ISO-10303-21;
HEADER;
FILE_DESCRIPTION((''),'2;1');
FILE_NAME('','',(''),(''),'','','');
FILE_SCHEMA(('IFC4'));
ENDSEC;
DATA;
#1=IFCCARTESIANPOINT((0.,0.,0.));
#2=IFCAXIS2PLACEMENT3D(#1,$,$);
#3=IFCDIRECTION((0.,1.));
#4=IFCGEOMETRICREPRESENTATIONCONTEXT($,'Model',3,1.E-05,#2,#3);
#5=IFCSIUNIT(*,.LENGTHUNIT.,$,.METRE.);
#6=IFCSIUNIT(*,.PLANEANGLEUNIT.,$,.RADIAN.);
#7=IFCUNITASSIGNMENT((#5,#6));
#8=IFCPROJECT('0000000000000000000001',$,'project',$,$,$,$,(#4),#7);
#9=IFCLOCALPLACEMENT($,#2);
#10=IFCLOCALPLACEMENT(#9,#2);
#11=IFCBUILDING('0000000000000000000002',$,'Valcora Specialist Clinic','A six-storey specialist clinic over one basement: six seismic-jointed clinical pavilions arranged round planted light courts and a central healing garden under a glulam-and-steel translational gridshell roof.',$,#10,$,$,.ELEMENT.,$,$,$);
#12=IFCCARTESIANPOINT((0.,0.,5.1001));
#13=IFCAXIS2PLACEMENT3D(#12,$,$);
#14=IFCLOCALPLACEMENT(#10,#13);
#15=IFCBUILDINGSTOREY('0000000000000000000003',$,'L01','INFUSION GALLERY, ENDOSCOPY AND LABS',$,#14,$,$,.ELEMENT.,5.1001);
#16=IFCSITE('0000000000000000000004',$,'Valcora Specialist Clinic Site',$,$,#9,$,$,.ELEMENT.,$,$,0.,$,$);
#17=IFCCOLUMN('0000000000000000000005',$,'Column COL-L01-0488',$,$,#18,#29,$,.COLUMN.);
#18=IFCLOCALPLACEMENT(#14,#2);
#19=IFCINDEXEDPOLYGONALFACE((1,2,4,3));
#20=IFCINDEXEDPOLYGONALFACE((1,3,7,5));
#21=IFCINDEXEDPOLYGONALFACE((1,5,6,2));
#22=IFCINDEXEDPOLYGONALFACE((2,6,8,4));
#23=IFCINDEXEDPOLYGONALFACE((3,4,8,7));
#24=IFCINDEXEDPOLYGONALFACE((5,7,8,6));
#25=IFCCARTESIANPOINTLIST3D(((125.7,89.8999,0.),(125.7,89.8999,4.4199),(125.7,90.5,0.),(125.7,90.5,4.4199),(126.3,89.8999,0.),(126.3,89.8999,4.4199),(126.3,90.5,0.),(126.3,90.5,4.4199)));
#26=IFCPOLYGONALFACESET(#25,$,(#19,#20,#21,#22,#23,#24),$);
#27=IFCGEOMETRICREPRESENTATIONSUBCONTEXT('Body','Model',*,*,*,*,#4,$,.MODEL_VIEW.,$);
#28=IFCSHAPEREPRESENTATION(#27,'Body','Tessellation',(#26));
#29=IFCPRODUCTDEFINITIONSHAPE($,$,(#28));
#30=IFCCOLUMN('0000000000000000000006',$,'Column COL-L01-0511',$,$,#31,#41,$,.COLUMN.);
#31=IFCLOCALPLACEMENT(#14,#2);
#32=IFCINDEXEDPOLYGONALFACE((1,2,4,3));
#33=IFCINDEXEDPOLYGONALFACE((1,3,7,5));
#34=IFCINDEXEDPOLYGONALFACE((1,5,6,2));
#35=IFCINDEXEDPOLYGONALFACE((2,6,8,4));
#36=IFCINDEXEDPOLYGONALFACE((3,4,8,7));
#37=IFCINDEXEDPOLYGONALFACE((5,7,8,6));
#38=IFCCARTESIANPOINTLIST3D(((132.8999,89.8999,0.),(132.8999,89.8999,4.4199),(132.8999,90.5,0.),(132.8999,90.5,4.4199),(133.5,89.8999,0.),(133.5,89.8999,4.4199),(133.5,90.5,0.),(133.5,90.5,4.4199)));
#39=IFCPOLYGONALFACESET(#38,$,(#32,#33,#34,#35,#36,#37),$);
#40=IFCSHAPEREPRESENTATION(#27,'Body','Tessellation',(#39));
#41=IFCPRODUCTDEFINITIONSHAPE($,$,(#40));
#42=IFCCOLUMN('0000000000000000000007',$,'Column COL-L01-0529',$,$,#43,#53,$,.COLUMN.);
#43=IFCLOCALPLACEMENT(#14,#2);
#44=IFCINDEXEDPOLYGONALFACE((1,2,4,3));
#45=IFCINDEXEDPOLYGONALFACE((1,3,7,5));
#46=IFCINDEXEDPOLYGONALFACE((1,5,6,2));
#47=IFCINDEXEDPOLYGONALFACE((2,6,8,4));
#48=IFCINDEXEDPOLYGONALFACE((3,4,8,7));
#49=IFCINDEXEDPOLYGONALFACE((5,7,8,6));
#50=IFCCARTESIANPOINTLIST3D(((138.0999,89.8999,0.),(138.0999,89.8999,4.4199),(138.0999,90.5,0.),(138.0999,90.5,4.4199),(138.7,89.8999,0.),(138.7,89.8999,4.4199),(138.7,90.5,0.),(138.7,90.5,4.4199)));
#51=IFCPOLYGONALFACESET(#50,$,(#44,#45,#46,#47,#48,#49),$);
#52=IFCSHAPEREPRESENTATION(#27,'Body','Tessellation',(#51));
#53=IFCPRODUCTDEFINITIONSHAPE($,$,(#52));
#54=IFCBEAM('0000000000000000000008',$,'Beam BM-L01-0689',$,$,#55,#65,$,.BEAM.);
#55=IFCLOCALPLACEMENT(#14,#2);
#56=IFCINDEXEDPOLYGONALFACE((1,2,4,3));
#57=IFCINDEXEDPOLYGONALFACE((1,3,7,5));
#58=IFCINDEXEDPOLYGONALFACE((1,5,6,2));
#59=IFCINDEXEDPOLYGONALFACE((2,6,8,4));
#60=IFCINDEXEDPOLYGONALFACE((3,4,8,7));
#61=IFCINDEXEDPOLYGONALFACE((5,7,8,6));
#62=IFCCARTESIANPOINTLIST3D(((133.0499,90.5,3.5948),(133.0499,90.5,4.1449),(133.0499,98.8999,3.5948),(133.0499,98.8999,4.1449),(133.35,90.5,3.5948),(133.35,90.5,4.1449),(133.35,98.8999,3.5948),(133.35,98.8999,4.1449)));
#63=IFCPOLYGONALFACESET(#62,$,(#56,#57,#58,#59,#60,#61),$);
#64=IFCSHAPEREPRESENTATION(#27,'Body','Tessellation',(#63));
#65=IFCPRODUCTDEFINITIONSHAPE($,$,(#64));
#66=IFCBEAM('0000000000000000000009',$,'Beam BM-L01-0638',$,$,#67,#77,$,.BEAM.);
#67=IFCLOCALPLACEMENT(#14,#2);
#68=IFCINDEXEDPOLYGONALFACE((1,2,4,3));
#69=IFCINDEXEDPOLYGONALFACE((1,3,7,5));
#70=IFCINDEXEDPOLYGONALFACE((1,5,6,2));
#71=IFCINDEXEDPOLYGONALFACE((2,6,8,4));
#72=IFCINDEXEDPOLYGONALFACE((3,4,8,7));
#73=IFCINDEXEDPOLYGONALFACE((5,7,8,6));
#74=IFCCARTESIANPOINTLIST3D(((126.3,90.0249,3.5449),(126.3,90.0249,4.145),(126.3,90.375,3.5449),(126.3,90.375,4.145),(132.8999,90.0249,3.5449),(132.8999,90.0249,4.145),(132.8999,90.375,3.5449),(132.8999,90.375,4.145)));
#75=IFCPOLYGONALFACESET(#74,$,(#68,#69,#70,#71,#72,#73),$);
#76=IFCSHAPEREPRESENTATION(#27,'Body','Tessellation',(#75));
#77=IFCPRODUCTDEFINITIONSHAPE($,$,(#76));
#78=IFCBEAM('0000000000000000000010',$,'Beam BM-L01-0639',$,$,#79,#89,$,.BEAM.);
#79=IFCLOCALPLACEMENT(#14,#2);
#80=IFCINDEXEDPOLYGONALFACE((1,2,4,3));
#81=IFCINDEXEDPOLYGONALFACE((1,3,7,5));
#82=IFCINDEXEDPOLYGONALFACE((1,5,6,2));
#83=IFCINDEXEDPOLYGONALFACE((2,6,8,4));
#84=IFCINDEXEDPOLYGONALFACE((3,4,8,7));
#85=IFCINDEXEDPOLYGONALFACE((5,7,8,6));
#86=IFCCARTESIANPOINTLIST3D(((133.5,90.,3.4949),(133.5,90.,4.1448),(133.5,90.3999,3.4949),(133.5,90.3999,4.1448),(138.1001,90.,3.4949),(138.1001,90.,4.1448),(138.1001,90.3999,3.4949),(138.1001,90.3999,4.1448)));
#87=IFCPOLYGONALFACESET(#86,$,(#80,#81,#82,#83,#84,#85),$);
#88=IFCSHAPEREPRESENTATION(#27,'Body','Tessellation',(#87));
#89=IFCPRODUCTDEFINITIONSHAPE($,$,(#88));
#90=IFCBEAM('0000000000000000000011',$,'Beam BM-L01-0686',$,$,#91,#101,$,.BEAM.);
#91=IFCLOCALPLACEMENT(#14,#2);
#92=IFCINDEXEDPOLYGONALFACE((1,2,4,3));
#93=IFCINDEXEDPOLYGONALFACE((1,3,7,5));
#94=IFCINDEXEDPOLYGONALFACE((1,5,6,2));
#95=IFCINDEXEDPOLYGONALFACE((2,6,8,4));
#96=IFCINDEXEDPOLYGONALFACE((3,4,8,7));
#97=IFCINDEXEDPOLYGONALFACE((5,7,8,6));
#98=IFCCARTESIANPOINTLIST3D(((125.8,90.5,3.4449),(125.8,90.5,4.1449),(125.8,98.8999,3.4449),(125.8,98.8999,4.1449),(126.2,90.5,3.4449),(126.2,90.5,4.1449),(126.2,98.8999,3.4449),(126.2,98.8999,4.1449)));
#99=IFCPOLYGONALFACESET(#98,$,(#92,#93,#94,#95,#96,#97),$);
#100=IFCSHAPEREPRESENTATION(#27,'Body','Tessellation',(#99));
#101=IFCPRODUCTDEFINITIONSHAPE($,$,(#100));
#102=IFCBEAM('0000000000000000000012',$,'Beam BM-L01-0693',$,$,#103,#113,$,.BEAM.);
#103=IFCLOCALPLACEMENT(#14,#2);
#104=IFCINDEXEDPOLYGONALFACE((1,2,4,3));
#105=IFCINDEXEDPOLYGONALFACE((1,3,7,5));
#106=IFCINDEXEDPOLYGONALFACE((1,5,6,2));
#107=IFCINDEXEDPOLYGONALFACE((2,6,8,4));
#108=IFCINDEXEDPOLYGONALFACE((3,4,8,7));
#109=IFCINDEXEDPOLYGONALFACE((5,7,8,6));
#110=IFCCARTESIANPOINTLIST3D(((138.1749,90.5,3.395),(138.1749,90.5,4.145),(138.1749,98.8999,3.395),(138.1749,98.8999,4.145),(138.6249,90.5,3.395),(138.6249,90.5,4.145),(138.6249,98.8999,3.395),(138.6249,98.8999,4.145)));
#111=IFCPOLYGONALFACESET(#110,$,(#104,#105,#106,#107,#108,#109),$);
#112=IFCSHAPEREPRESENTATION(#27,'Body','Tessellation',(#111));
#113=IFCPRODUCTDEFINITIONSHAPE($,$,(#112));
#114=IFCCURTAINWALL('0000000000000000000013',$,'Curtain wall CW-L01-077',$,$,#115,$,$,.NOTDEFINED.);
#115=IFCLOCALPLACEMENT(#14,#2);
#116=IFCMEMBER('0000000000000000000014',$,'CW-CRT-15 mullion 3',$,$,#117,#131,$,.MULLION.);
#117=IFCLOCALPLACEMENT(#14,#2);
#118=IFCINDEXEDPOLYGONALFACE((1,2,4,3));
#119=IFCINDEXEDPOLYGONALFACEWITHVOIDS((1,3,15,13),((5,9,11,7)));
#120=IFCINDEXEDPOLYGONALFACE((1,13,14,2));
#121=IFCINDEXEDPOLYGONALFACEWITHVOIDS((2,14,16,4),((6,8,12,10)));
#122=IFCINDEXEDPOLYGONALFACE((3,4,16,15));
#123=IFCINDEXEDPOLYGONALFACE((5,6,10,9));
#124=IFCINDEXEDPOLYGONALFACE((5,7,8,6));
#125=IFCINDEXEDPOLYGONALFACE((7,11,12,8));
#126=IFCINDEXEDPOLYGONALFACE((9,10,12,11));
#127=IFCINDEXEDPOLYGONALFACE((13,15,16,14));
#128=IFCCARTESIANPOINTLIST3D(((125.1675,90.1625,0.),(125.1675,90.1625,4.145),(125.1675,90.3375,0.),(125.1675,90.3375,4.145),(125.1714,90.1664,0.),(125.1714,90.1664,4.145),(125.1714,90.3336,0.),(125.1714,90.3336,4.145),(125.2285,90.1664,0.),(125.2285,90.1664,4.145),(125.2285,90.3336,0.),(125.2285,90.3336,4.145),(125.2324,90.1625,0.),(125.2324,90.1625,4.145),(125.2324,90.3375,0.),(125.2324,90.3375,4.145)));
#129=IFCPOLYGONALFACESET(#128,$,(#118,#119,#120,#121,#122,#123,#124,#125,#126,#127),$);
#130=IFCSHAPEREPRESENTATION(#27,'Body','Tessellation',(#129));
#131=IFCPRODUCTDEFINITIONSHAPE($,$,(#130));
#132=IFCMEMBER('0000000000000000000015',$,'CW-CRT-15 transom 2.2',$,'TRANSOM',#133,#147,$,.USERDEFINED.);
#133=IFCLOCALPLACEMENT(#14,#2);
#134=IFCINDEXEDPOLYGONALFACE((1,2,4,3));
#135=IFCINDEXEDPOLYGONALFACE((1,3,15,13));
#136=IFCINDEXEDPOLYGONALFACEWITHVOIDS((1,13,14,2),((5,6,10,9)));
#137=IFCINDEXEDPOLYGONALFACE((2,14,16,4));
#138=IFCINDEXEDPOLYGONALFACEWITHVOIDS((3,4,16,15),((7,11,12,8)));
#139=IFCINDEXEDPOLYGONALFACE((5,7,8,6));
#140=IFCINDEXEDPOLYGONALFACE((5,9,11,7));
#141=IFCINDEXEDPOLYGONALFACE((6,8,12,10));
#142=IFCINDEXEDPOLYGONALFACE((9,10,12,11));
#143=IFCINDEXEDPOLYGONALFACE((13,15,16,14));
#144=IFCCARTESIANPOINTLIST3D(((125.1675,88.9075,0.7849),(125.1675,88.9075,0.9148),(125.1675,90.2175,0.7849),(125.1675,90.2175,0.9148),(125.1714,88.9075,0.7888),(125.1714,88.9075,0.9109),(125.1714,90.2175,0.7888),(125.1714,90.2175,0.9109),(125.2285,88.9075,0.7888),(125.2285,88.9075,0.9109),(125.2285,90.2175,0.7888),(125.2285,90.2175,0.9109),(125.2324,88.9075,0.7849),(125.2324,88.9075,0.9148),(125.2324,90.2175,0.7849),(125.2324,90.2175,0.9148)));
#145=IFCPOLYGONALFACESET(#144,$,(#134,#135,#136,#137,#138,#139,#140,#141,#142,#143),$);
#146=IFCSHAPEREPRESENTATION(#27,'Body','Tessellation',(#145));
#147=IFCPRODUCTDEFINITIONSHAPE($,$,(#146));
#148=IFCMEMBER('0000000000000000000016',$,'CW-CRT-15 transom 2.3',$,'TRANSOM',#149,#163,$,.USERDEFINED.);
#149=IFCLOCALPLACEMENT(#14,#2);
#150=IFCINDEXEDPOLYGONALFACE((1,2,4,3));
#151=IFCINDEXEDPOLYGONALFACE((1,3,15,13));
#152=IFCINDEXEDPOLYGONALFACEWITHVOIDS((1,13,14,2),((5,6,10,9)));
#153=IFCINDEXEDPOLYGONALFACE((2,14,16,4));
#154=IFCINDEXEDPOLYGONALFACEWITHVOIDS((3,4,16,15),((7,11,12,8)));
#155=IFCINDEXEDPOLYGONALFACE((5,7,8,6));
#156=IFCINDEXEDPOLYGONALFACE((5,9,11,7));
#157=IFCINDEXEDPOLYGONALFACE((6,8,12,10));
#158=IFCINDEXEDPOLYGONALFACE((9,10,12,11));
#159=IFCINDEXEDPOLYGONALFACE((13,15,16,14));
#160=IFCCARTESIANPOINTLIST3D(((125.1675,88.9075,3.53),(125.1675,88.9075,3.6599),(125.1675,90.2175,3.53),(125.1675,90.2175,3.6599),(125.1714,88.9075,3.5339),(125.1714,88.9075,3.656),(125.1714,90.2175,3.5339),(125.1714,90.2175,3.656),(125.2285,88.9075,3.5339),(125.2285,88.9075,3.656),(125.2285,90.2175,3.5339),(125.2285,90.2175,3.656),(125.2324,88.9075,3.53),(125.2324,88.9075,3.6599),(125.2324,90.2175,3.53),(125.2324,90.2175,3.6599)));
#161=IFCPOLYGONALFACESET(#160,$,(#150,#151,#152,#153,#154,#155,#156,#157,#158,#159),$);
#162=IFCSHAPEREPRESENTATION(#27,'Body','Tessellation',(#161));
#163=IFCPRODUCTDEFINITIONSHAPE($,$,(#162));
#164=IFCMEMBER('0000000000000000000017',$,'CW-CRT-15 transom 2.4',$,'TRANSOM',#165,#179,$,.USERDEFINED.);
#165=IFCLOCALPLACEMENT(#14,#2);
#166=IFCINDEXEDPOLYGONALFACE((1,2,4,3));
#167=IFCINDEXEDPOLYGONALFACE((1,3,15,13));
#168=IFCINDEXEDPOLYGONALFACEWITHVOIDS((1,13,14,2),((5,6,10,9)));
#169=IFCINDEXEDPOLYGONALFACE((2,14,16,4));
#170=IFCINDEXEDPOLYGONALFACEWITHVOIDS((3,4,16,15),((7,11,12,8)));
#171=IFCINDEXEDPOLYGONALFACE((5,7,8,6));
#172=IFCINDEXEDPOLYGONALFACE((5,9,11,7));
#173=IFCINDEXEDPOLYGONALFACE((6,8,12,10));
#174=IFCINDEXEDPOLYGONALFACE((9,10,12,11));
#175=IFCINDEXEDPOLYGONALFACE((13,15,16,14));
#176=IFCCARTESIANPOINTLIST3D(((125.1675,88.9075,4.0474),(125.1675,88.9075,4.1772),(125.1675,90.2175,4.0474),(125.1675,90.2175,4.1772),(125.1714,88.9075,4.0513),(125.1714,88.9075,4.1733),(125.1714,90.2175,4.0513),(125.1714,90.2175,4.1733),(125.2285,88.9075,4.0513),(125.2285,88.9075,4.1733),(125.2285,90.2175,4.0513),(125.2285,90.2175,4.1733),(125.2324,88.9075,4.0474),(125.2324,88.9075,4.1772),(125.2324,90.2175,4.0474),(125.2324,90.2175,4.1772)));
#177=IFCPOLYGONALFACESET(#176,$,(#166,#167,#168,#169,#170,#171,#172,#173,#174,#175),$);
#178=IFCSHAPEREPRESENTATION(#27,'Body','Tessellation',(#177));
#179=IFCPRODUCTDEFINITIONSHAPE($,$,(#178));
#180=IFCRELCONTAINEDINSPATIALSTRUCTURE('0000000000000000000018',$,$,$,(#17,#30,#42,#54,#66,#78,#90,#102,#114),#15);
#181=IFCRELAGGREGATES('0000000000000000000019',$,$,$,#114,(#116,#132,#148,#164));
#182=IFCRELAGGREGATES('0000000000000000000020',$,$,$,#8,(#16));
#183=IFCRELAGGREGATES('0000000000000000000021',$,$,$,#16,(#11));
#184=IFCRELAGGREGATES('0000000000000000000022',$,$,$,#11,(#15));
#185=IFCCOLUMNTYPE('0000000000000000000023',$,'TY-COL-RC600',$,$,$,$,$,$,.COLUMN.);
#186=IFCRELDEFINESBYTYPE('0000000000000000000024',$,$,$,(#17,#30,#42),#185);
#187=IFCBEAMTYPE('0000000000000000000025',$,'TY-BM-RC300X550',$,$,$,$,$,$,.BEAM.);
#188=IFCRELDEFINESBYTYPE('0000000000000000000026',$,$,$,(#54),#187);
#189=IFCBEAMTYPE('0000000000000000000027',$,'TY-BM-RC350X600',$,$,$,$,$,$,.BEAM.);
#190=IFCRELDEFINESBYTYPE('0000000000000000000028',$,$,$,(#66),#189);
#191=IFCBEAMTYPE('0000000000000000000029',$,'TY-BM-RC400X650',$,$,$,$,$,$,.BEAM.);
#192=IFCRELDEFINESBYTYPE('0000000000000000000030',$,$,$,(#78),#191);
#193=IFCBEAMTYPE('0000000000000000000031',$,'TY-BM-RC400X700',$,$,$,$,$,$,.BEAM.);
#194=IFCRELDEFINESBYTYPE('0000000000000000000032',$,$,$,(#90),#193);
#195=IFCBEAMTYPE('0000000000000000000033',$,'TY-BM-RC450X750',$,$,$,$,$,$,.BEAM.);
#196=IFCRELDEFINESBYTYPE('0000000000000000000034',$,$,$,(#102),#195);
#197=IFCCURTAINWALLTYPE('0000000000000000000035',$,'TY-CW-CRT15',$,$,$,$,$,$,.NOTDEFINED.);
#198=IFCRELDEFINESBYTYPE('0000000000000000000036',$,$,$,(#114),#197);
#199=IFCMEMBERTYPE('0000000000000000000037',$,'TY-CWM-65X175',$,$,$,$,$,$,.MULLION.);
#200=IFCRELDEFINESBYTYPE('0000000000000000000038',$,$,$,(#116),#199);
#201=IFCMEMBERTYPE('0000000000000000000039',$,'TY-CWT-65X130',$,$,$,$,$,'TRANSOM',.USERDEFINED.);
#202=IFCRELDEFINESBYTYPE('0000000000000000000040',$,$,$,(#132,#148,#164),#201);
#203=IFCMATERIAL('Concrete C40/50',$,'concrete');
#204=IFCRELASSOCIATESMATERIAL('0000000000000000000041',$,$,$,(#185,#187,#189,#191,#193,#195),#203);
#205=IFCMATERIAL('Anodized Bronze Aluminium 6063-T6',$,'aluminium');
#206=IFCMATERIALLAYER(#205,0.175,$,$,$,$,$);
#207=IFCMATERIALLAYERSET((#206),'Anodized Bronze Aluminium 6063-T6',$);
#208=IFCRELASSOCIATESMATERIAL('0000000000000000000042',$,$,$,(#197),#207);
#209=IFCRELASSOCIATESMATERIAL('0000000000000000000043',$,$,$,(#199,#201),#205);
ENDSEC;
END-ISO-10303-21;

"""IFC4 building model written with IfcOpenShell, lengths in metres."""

from ifc_helpers import new_model, si_unit, direction, frame, origin, origin_2d, place, context, subcontext, project, spatial, rectangle, hollow_rectangle, extrude, material, layer, layer_set, material_profile, profile_set, type_object, element, aggregate, save


model = new_model("IFC4")

# Units and contexts
model_context = context("Model", 3, precision=1e-05, world=origin(), true_north=direction((0.0, 1.0)))
body_context = subcontext(model_context, "Body", "Model", "MODEL_VIEW")
ifc_project = project(units=[si_unit("LENGTHUNIT", "METRE"), si_unit("PLANEANGLEUNIT", "RADIAN")], contexts=[model_context])

# Site, building, storey
site_placement = place(None, origin())
site = spatial("IfcSite", under=ifc_project, at=site_placement, Name="Valcora Specialist Clinic Site", CompositionType="ELEMENT", RefElevation=0.0)
building_placement = place(site_placement, origin())
building = spatial("IfcBuilding", under=site, at=building_placement, Name="Valcora Specialist Clinic", Description="A six-storey specialist clinic over one basement: six seismic-jointed clinical pavilions arranged round planted light courts and a central healing garden under a glulam-and-steel translational gridshell roof.", CompositionType="ELEMENT")
storey_placement = place(building_placement, frame((0.0, 0.0, 5.1001)))
storey = spatial("IfcBuildingStorey", under=building, at=storey_placement, Name="L01", Description="INFUSION GALLERY, ENDOSCOPY AND LABS", CompositionType="ELEMENT", Elevation=5.1001)

# Columns
ifc_material_1 = material(Name="Concrete C40/50", Category="concrete")
ifc_material_profile_1 = material_profile(ifc_material_1, rectangle(XDim=0.6001, YDim=0.6001, at=origin_2d()), Name="RC-COL-600X600")
ifc_profile_set_1 = profile_set([ifc_material_profile_1], Name="Concrete C40/50")
column_type = type_object("IfcColumnType", Name="TY-COL-RC600", PredefinedType="COLUMN", material=ifc_profile_set_1)
for number, where, z_axis, x_axis, name in (
    (1, (126.0, 90.2, 0.0), (0.0, 0.0, 1.0), (1.0, 0.0, 0.0), "Column COL-L01-0488"),
    (2, (133.2, 90.2, 0.0), (0.0, 0.0, 1.0), (1.0, 0.0, 0.0), "Column COL-L01-0511"),
    (3, (138.3999, 90.2, 0.0), (0.0, 0.0, 1.0), (1.0, 0.0, 0.0), "Column COL-L01-0529"),
):
    element("IfcColumn", number, at=place(storey_placement, frame(where, z_axis=z_axis, x_axis=x_axis)), inside=storey, type_object=column_type, Name=name, PredefinedType="COLUMN", context=body_context, shape_type="SweptSolid", body=[
        extrude(rectangle(XDim=0.6001, YDim=0.6001, at=origin_2d()), origin(), (0.0, 0.0, 1.0), 4.4199),
    ])

# Beams
ifc_material_profile_2 = material_profile(ifc_material_1, rectangle(XDim=0.3, YDim=0.55, at=origin_2d()), Name="RC-BM-300X550")
ifc_profile_set_2 = profile_set([ifc_material_profile_2], Name="Concrete C40/50")
beam_type_1 = type_object("IfcBeamType", Name="TY-BM-RC300X550", PredefinedType="BEAM", material=ifc_profile_set_2)
beam_1_placement = place(storey_placement, frame((133.2, 90.5, 3.8699), z_axis=(0.0, 1.0, 0.0), x_axis=(-1.0, 0.0, 0.0)))
element("IfcBeam", 4, at=beam_1_placement, inside=storey, type_object=beam_type_1, Name="Beam BM-L01-0689", PredefinedType="BEAM", context=body_context, shape_type="SweptSolid", body=[
    extrude(rectangle(XDim=0.3, YDim=0.55, at=origin_2d()), origin(), (0.0, 0.0, 1.0), 8.3999),
])
ifc_material_profile_3 = material_profile(ifc_material_1, rectangle(XDim=0.3501, YDim=0.6001, at=origin_2d()), Name="RC-BM-350X600")
ifc_profile_set_3 = profile_set([ifc_material_profile_3], Name="Concrete C40/50")
beam_type_2 = type_object("IfcBeamType", Name="TY-BM-RC350X600", PredefinedType="BEAM", material=ifc_profile_set_3)
beam_2_placement = place(storey_placement, frame((126.3, 90.2, 3.845), z_axis=(1.0, 0.0, 0.0), x_axis=(0.0, 1.0, 0.0)))
element("IfcBeam", 5, at=beam_2_placement, inside=storey, type_object=beam_type_2, Name="Beam BM-L01-0638", PredefinedType="BEAM", context=body_context, shape_type="SweptSolid", body=[
    extrude(rectangle(XDim=0.3501, YDim=0.6001, at=origin_2d()), origin(), (0.0, 0.0, 1.0), 6.5999),
])
ifc_material_profile_4 = material_profile(ifc_material_1, rectangle(XDim=0.3999, YDim=0.6499, at=origin_2d()), Name="RC-BM-400X650")
ifc_profile_set_4 = profile_set([ifc_material_profile_4], Name="Concrete C40/50")
beam_type_3 = type_object("IfcBeamType", Name="TY-BM-RC400X650", PredefinedType="BEAM", material=ifc_profile_set_4)
beam_3_placement = place(storey_placement, frame((133.5, 90.2, 3.8198), z_axis=(1.0, 0.0, 0.0), x_axis=(0.0, 1.0, 0.0)))
element("IfcBeam", 6, at=beam_3_placement, inside=storey, type_object=beam_type_3, Name="Beam BM-L01-0639", PredefinedType="BEAM", context=body_context, shape_type="SweptSolid", body=[
    extrude(rectangle(XDim=0.3999, YDim=0.6499, at=origin_2d()), origin(), (0.0, 0.0, 1.0), 4.6001),
])
ifc_material_profile_5 = material_profile(ifc_material_1, rectangle(XDim=0.3999, YDim=0.7, at=origin_2d()), Name="RC-BM-400X700")
ifc_profile_set_5 = profile_set([ifc_material_profile_5], Name="Concrete C40/50")
beam_type_4 = type_object("IfcBeamType", Name="TY-BM-RC400X700", PredefinedType="BEAM", material=ifc_profile_set_5)
beam_4_placement = place(storey_placement, frame((126.0, 90.5, 3.7949), z_axis=(0.0, 1.0, 0.0), x_axis=(-1.0, 0.0, 0.0)))
element("IfcBeam", 7, at=beam_4_placement, inside=storey, type_object=beam_type_4, Name="Beam BM-L01-0686", PredefinedType="BEAM", context=body_context, shape_type="SweptSolid", body=[
    extrude(rectangle(XDim=0.3999, YDim=0.7, at=origin_2d()), origin(), (0.0, 0.0, 1.0), 8.3999),
])
ifc_material_profile_6 = material_profile(ifc_material_1, rectangle(XDim=0.45, YDim=0.75, at=origin_2d()), Name="RC-BM-450X750")
ifc_profile_set_6 = profile_set([ifc_material_profile_6], Name="Concrete C40/50")
beam_type_5 = type_object("IfcBeamType", Name="TY-BM-RC450X750", PredefinedType="BEAM", material=ifc_profile_set_6)
beam_5_placement = place(storey_placement, frame((138.3999, 90.5, 3.77), z_axis=(0.0, 1.0, 0.0), x_axis=(-1.0, 0.0, 0.0)))
element("IfcBeam", 8, at=beam_5_placement, inside=storey, type_object=beam_type_5, Name="Beam BM-L01-0693", PredefinedType="BEAM", context=body_context, shape_type="SweptSolid", body=[
    extrude(rectangle(XDim=0.45, YDim=0.75, at=origin_2d()), origin(), (0.0, 0.0, 1.0), 8.3999),
])

# Curtain wall, members
ifc_material_2 = material(Name="Anodized Bronze Aluminium 6063-T6", Category="aluminium")
ifc_layer_1 = layer(ifc_material_2, 0.175)
ifc_layer_set_1 = layer_set([ifc_layer_1], Name="Anodized Bronze Aluminium 6063-T6")
curtain_wall_type = type_object("IfcCurtainWallType", Name="TY-CW-CRT15", PredefinedType="NOTDEFINED", material=ifc_layer_set_1)
curtain_wall_placement = place(storey_placement, origin())
curtain_wall = element("IfcCurtainWall", 9, at=curtain_wall_placement, inside=storey, type_object=curtain_wall_type, Name="Curtain wall CW-L01-077", PredefinedType="NOTDEFINED")
ifc_material_profile_7 = material_profile(ifc_material_2, hollow_rectangle(XDim=0.0649, YDim=0.175, WallThickness=0.0039, at=origin_2d()), Name="AL-MUL-65X175")
ifc_profile_set_7 = profile_set([ifc_material_profile_7], Name="Anodized Bronze Aluminium 6063-T6")
member_type_1 = type_object("IfcMemberType", Name="TY-CWM-65X175", PredefinedType="MULLION", material=ifc_profile_set_7)
member_1_placement = place(storey_placement, frame((125.2, 90.25, 0.0), z_axis=(0.0, 0.0, 1.0), x_axis=(-1.0, 0.0, 0.0)))
member_1 = element("IfcMember", 10, at=member_1_placement, type_object=member_type_1, Name="CW-CRT-15 mullion 3", PredefinedType="MULLION", context=body_context, shape_type="SweptSolid", body=[
    extrude(hollow_rectangle(XDim=0.0649, YDim=0.175, WallThickness=0.0039, at=origin_2d()), origin(), (0.0, 0.0, 1.0), 4.145),
])
ifc_material_profile_8 = material_profile(ifc_material_2, hollow_rectangle(XDim=0.0649, YDim=0.1299, WallThickness=0.0039, at=origin_2d()), Name="AL-TRN-65X130")
ifc_profile_set_8 = profile_set([ifc_material_profile_8], Name="Anodized Bronze Aluminium 6063-T6")
member_type_2 = type_object("IfcMemberType", Name="TY-CWT-65X130", ElementType="TRANSOM", PredefinedType="USERDEFINED", material=ifc_profile_set_8)
member_2_placement = place(storey_placement, frame((125.2, 88.9075, 0.8499), z_axis=(0.0, 1.0, 0.0), x_axis=(-1.0, 0.0, 0.0)))
member_2 = element("IfcMember", 11, at=member_2_placement, type_object=member_type_2, Name="CW-CRT-15 transom 2.2", ObjectType="TRANSOM", PredefinedType="USERDEFINED", context=body_context, shape_type="SweptSolid", body=[
    extrude(hollow_rectangle(XDim=0.0649, YDim=0.1299, WallThickness=0.0039, at=origin_2d()), origin(), (0.0, 0.0, 1.0), 1.3101),
])
member_3_placement = place(storey_placement, frame((125.2, 88.9075, 3.595), z_axis=(0.0, 1.0, 0.0), x_axis=(-1.0, 0.0, 0.0)))
member_3 = element("IfcMember", 12, at=member_3_placement, type_object=member_type_2, Name="CW-CRT-15 transom 2.3", ObjectType="TRANSOM", PredefinedType="USERDEFINED", context=body_context, shape_type="SweptSolid", body=[
    extrude(hollow_rectangle(XDim=0.0649, YDim=0.1299, WallThickness=0.0039, at=origin_2d()), origin(), (0.0, 0.0, 1.0), 1.3101),
])
member_4_placement = place(storey_placement, frame((125.2, 88.9075, 4.1123), z_axis=(0.0, 1.0, 0.0), x_axis=(-1.0, 0.0, 0.0)))
member_4 = element("IfcMember", 13, at=member_4_placement, type_object=member_type_2, Name="CW-CRT-15 transom 2.4", ObjectType="TRANSOM", PredefinedType="USERDEFINED", context=body_context, shape_type="SweptSolid", body=[
    extrude(hollow_rectangle(XDim=0.0649, YDim=0.1299, WallThickness=0.0039, at=origin_2d()), origin(), (0.0, 0.0, 1.0), 1.3101),
])
aggregate(curtain_wall, [member_1, member_2, member_3, member_4])

save(model, "model.ifc")
